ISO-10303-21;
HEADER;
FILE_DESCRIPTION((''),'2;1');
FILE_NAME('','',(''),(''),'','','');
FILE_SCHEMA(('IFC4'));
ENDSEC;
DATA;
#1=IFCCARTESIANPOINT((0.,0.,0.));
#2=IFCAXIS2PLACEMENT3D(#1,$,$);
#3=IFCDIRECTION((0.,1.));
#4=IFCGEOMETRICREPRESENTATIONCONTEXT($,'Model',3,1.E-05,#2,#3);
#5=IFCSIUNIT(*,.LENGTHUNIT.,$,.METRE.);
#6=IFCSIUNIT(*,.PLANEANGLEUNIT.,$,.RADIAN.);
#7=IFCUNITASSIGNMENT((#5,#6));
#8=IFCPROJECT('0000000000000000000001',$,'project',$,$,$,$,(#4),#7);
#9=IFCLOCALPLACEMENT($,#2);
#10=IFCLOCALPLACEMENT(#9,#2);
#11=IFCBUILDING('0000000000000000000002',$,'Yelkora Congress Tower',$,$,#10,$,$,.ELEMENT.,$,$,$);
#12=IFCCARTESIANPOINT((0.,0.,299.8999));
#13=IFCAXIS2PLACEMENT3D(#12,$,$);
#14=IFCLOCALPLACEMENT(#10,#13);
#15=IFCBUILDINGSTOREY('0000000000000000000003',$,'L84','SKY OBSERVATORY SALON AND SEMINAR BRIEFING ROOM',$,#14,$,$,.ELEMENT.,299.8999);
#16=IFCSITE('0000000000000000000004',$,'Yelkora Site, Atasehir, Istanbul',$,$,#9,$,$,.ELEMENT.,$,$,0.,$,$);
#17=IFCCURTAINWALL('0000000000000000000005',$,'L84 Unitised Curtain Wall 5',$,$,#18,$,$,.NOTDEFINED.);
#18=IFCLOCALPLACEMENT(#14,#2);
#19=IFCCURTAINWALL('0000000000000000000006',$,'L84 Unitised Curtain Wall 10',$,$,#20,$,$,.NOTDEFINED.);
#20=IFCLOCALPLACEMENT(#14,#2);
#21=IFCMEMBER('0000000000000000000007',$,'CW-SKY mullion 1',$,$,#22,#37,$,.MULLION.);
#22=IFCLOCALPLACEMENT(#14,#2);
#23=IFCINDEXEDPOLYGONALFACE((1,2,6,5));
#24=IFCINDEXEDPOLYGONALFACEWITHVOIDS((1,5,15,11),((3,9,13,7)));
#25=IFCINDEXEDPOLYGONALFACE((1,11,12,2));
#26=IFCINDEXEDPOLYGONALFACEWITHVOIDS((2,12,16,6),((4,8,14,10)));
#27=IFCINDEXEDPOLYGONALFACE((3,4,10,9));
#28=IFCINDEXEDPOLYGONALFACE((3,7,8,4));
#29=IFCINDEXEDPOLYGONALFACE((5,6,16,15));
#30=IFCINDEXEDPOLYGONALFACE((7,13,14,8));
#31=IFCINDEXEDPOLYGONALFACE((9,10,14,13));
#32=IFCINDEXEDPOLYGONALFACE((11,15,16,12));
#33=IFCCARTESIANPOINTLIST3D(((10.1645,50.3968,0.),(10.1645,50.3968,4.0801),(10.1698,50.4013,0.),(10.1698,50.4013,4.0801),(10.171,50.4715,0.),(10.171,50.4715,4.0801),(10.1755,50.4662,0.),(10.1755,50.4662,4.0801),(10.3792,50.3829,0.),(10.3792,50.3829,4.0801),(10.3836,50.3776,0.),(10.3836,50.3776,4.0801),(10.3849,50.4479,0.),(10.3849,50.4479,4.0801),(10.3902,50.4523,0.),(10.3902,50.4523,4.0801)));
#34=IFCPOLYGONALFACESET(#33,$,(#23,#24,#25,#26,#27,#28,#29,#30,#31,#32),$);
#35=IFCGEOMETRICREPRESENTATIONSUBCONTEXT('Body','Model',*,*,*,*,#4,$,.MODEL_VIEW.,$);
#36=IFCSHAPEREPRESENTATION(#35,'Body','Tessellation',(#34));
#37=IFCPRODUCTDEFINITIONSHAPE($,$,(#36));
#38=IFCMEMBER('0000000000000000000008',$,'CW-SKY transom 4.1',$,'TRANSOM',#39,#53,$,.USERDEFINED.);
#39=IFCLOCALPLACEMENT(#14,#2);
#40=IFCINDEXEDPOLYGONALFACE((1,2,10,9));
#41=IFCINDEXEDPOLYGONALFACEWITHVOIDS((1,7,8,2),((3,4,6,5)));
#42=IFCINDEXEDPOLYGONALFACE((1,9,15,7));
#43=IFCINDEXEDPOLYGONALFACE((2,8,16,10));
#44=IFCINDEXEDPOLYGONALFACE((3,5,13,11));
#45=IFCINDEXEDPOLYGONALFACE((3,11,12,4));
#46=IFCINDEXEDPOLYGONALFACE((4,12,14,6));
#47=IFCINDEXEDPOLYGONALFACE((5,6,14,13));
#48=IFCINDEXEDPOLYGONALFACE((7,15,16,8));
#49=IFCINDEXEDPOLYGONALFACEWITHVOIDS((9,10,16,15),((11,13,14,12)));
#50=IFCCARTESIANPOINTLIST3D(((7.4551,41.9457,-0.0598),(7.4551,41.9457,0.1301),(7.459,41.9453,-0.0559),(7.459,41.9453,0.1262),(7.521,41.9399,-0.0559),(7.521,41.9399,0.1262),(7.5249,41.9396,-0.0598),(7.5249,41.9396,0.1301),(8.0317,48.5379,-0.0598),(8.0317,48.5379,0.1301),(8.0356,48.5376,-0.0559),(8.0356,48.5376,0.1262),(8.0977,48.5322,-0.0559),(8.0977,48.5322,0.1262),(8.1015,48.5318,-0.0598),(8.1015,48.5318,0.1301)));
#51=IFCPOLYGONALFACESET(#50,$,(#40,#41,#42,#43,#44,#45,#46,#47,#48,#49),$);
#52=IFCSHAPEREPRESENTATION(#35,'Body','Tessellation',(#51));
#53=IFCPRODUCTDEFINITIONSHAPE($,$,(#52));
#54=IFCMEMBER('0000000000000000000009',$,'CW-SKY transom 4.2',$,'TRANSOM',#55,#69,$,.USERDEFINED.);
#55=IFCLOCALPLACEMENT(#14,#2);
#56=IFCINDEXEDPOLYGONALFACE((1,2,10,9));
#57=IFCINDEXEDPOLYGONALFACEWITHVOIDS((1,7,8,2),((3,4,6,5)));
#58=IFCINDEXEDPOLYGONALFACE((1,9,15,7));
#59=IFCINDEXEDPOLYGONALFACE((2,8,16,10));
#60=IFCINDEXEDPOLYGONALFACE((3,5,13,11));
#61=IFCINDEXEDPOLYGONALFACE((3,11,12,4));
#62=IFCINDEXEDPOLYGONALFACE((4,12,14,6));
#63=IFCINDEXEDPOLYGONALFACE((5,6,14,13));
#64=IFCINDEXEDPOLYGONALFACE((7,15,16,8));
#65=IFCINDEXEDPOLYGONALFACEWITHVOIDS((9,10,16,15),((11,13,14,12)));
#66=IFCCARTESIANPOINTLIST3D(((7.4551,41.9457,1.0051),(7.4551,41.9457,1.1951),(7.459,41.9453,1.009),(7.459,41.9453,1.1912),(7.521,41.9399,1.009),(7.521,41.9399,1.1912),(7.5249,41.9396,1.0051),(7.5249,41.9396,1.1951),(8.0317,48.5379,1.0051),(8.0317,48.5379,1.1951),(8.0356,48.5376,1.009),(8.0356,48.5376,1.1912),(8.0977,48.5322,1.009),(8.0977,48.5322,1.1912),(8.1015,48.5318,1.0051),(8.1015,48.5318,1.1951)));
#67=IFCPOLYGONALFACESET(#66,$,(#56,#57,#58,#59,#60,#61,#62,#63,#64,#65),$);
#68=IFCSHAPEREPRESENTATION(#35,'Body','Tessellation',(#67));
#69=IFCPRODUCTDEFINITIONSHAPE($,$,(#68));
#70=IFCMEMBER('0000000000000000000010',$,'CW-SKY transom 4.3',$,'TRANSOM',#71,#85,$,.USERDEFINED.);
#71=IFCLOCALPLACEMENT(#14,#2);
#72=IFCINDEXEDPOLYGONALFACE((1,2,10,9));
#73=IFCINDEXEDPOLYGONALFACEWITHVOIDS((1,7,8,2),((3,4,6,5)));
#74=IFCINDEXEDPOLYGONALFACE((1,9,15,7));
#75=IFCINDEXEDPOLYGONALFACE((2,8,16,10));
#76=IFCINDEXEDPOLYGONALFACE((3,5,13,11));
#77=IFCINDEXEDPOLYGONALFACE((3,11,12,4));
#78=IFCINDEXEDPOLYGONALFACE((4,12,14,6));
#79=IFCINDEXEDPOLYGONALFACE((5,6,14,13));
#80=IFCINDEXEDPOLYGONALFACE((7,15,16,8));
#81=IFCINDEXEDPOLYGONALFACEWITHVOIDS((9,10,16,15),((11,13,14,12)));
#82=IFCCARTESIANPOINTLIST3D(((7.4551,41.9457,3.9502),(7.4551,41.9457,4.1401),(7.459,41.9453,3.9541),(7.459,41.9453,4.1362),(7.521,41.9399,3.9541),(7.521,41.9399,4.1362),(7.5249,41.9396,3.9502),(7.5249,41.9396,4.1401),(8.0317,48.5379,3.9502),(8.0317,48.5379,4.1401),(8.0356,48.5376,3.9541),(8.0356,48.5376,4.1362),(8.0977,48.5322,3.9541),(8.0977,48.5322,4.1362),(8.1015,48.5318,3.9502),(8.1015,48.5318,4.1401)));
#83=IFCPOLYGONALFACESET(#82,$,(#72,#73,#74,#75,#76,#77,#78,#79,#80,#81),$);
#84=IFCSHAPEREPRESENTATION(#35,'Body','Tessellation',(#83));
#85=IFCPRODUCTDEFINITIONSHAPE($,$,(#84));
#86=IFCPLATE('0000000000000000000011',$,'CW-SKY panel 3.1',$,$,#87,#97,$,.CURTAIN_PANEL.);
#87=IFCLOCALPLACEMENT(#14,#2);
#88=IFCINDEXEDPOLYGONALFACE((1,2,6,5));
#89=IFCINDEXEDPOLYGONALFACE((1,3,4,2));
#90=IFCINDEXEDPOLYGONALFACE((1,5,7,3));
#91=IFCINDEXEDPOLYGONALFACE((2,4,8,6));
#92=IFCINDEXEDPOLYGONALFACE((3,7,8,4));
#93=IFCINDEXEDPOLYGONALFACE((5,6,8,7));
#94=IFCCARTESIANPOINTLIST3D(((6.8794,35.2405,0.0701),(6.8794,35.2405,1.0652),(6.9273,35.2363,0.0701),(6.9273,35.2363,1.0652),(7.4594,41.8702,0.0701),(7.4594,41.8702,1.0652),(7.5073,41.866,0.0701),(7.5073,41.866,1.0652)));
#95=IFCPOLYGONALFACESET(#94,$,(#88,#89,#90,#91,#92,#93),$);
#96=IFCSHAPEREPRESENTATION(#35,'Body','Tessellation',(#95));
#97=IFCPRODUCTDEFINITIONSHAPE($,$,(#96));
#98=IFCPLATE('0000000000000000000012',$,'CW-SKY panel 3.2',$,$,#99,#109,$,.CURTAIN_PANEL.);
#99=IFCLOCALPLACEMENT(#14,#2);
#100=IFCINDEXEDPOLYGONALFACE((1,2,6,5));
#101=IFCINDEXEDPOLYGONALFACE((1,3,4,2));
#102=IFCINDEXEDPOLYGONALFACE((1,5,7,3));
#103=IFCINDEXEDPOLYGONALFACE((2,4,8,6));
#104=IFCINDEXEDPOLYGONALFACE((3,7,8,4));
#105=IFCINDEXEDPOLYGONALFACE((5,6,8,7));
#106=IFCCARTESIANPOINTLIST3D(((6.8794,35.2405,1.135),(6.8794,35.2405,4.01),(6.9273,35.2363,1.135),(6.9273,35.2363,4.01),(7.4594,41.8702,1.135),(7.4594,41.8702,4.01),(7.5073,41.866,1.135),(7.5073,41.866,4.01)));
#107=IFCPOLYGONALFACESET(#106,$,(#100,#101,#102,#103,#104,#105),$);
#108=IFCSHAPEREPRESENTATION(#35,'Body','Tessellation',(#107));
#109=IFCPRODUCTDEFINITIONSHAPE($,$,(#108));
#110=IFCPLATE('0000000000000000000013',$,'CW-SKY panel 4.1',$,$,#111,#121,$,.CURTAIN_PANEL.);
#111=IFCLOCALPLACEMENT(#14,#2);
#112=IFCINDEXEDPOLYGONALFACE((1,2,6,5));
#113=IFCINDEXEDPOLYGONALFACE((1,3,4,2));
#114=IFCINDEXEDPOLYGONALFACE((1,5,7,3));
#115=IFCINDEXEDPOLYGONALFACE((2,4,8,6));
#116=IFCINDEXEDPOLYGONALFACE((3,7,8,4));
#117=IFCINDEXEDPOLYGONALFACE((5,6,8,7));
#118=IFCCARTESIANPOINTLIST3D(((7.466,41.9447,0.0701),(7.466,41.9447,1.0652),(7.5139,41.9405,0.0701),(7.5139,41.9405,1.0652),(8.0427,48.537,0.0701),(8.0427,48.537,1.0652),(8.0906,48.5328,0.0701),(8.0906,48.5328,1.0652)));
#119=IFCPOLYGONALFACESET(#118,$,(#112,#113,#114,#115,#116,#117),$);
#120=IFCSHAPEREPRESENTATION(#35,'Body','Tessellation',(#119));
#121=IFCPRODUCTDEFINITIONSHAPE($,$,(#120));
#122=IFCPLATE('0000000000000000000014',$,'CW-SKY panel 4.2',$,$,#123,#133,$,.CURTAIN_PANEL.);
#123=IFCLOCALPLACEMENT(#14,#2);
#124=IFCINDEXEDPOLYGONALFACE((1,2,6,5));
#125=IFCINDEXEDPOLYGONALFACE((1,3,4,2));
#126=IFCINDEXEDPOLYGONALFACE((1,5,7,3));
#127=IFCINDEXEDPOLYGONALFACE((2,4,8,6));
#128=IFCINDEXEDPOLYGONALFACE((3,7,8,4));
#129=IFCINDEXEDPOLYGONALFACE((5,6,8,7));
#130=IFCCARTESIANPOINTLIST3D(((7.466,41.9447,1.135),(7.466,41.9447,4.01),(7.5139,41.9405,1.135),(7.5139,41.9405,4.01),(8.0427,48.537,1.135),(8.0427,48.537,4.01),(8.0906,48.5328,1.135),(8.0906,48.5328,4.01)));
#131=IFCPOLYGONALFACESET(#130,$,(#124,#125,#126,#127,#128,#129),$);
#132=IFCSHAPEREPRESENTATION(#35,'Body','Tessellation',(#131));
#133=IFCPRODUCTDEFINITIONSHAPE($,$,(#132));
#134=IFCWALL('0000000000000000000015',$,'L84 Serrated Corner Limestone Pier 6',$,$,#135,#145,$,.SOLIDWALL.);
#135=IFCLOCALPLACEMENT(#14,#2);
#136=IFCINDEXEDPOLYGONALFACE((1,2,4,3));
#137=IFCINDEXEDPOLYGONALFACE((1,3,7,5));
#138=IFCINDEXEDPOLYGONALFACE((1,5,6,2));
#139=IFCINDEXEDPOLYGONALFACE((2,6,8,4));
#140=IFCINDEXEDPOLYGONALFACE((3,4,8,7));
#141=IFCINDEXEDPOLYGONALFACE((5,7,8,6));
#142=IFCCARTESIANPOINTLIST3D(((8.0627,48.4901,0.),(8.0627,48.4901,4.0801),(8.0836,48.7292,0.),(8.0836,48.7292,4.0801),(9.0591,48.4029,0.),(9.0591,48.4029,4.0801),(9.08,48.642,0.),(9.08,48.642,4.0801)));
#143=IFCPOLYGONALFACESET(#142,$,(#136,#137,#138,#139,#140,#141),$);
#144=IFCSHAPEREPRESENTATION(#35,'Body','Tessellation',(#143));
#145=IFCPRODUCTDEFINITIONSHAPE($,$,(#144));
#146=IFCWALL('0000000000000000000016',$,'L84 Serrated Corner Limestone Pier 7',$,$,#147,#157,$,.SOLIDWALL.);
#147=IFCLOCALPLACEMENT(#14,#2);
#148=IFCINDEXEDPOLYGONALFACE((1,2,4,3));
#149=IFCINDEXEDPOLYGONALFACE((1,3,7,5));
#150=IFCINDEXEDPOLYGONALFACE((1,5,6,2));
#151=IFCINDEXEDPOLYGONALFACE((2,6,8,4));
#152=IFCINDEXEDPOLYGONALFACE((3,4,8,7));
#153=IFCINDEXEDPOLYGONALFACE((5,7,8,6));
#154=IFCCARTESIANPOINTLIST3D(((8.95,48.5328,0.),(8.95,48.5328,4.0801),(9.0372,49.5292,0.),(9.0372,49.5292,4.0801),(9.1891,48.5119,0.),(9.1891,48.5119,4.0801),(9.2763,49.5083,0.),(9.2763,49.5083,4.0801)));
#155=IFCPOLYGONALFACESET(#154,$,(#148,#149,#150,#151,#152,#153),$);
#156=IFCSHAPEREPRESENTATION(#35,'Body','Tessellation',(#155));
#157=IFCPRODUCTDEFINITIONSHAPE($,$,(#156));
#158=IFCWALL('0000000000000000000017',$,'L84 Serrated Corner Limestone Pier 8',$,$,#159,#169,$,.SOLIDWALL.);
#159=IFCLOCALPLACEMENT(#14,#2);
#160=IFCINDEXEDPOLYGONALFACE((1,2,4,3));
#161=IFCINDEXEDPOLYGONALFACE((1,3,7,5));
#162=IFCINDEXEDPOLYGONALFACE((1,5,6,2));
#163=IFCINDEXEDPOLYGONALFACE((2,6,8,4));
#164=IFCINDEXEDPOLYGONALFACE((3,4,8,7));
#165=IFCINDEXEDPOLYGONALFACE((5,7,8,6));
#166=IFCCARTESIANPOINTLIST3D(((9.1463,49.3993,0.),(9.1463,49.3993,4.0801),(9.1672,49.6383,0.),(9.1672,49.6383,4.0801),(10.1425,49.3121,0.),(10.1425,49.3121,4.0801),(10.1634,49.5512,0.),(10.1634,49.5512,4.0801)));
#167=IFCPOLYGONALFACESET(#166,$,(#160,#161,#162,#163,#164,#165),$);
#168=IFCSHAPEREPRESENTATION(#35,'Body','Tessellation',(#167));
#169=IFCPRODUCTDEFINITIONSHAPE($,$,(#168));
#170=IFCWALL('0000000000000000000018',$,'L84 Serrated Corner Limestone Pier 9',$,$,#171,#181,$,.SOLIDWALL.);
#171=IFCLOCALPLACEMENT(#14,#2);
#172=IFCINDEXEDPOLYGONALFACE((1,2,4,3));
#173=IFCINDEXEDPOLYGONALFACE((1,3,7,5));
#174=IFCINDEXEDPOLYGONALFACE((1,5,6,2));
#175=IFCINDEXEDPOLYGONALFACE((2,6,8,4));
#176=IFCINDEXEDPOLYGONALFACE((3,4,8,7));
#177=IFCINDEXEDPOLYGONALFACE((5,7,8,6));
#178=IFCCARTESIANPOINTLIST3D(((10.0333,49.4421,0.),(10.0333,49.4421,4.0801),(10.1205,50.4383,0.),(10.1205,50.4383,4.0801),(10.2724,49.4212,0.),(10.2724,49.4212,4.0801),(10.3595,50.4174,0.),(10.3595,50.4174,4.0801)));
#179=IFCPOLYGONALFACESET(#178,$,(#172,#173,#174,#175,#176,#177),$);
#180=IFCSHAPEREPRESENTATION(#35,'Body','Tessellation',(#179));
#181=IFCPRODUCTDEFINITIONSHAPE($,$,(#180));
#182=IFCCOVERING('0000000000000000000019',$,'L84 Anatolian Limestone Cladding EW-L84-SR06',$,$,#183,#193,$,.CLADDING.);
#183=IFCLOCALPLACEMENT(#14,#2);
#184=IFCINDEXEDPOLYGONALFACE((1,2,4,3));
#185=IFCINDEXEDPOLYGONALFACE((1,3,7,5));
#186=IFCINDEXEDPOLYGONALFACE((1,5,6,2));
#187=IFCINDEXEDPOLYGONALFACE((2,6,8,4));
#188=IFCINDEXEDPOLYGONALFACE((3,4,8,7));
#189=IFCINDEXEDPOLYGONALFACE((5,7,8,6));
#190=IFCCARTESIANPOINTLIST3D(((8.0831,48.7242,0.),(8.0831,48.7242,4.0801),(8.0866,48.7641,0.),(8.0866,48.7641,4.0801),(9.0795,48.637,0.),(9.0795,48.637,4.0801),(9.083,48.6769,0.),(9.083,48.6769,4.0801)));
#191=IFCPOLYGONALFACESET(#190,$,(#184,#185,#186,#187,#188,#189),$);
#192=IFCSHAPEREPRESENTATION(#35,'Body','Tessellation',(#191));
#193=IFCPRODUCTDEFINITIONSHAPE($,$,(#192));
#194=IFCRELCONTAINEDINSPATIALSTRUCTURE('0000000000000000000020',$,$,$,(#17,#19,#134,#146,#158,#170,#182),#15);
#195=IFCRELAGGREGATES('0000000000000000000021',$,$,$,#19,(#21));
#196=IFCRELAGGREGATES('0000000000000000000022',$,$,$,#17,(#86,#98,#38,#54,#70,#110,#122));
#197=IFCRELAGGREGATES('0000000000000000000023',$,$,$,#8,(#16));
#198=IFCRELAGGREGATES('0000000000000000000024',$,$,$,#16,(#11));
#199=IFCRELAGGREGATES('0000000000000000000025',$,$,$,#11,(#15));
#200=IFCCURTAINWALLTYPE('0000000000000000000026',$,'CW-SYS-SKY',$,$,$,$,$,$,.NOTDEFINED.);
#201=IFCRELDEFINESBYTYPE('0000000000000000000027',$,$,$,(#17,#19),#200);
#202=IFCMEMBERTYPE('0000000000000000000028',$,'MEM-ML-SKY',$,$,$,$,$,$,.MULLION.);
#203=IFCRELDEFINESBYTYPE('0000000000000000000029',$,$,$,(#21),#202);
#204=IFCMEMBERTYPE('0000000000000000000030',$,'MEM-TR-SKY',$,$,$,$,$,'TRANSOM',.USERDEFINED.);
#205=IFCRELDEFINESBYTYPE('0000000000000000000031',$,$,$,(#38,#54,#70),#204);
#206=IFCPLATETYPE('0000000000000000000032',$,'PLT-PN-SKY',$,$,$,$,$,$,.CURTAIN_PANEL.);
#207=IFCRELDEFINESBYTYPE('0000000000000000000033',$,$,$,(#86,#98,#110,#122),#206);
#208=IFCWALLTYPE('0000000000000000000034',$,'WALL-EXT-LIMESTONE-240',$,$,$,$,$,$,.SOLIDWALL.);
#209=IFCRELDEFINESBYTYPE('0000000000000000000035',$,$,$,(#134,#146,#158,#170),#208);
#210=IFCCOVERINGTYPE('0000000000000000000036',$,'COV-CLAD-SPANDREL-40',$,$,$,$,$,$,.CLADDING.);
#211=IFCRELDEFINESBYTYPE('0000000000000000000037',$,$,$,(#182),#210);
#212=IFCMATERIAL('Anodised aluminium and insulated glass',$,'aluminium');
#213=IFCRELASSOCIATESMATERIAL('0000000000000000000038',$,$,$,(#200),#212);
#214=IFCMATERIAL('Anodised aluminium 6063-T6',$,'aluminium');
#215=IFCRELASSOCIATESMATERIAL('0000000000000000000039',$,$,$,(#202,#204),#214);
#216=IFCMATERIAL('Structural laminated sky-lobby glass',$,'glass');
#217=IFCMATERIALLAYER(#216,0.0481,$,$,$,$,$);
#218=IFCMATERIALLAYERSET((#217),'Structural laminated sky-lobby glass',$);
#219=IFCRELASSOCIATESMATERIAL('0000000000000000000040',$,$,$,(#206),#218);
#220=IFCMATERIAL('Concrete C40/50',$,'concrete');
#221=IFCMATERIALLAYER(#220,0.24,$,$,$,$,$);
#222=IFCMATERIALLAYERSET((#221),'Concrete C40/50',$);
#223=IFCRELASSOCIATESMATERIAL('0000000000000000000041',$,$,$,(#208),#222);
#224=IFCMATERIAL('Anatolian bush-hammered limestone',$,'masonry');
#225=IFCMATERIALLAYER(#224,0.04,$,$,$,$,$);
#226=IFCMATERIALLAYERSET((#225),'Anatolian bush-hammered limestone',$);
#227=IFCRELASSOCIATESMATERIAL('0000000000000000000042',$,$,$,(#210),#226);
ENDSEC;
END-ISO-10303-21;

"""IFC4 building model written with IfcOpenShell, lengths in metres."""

from ifc_helpers import new_model, si_unit, direction, frame, frame_2d, origin, origin_2d, place, context, subcontext, project, spatial, rectangle, hollow_rectangle, extrude, material, layer, layer_set, material_profile, profile_set, type_object, element, aggregate, save


model = new_model("IFC4")

# Units and contexts
model_context = context("Model", 3, precision=1e-05, world=origin(), true_north=direction((0.0, 1.0)))
body_context = subcontext(model_context, "Body", "Model", "MODEL_VIEW")
ifc_project = project(units=[si_unit("LENGTHUNIT", "METRE"), si_unit("PLANEANGLEUNIT", "RADIAN")], contexts=[model_context])

# Site, building, storey
site_placement = place(None, origin())
site = spatial("IfcSite", under=ifc_project, at=site_placement, Name="Yelkora Site, Atasehir, Istanbul", CompositionType="ELEMENT", RefElevation=0.0)
building_placement = place(site_placement, origin())
building = spatial("IfcBuilding", under=site, at=building_placement, Name="Yelkora Congress Tower", CompositionType="ELEMENT")
storey_placement = place(building_placement, frame((0.0, 0.0, 299.8999)))
storey = spatial("IfcBuildingStorey", under=building, at=storey_placement, Name="L84", Description="SKY OBSERVATORY SALON AND SEMINAR BRIEFING ROOM", CompositionType="ELEMENT", Elevation=299.8999)

# Curtain wall
ifc_material_1 = material(Name="Anodised aluminium and insulated glass", Category="aluminium")
curtain_wall_type = type_object("IfcCurtainWallType", Name="CW-SYS-SKY", PredefinedType="NOTDEFINED", material=ifc_material_1)
curtain_wall_1_placement = place(storey_placement, origin())
curtain_wall_1 = element("IfcCurtainWall", 1, at=curtain_wall_1_placement, inside=storey, type_object=curtain_wall_type, Name="L84 Unitised Curtain Wall 5", PredefinedType="NOTDEFINED")
ifc_material_2 = material(Name="Anodised aluminium 6063-T6", Category="aluminium")
ifc_material_profile_1 = material_profile(ifc_material_2, hollow_rectangle(XDim=0.075, YDim=0.22, WallThickness=0.0049, at=origin_2d()), Name="ALU 75x220x5")
ifc_profile_set_1 = profile_set([ifc_material_profile_1], Name="Anodised aluminium 6063-T6")
member_type_1 = type_object("IfcMemberType", Name="MEM-ML-SKY", PredefinedType="MULLION", material=ifc_profile_set_1)

# Curtain wall, member
curtain_wall_2_placement = place(storey_placement, origin())
curtain_wall_2 = element("IfcCurtainWall", 2, at=curtain_wall_2_placement, inside=storey, type_object=curtain_wall_type, Name="L84 Unitised Curtain Wall 10", PredefinedType="NOTDEFINED")
member_1_placement = place(storey_placement, frame((10.2773, 50.4246, 0.0), z_axis=(0.0, 0.0, 1.0), x_axis=(0.087157, 0.996195, 0.0)))
member_1 = element("IfcMember", 3, at=member_1_placement, type_object=member_type_1, Name="CW-SKY mullion 1", PredefinedType="MULLION", context=body_context, shape_type="SweptSolid", body=[
    extrude(hollow_rectangle(XDim=0.075, YDim=0.22, WallThickness=0.0049, at=origin_2d()), origin(), (0.0, 0.0, 1.0), 4.0801),
])
aggregate(curtain_wall_2, [member_1])

# Members
ifc_material_profile_2 = material_profile(ifc_material_2, hollow_rectangle(XDim=0.0701, YDim=0.1899, WallThickness=0.0039, at=origin_2d()), Name="ALU 70x190x4")
ifc_profile_set_2 = profile_set([ifc_material_profile_2], Name="Anodised aluminium 6063-T6")
member_type_2 = type_object("IfcMemberType", Name="MEM-TR-SKY", ElementType="TRANSOM", PredefinedType="USERDEFINED", material=ifc_profile_set_2)
member_2_placement = place(storey_placement, frame((7.49, 41.9426, 0.0352), z_axis=(0.087142, 0.996196, 0.0), x_axis=(-0.996196, 0.087142, 0.0)))
member_2 = element("IfcMember", 4, at=member_2_placement, type_object=member_type_2, Name="CW-SKY transom 4.1", ObjectType="TRANSOM", PredefinedType="USERDEFINED", context=body_context, shape_type="SweptSolid", body=[
    extrude(hollow_rectangle(XDim=0.0701, YDim=0.1899, WallThickness=0.0039, at=origin_2d()), origin(), (0.0, 0.0, 1.0), 6.6174),
])
member_3_placement = place(storey_placement, frame((7.49, 41.9426, 1.1001), z_axis=(0.087142, 0.996196, 0.0), x_axis=(-0.996196, 0.087142, 0.0)))
member_3 = element("IfcMember", 5, at=member_3_placement, type_object=member_type_2, Name="CW-SKY transom 4.2", ObjectType="TRANSOM", PredefinedType="USERDEFINED", context=body_context, shape_type="SweptSolid", body=[
    extrude(hollow_rectangle(XDim=0.0701, YDim=0.1899, WallThickness=0.0039, at=origin_2d()), origin(), (0.0, 0.0, 1.0), 6.6174),
])
member_4_placement = place(storey_placement, frame((7.49, 41.9426, 4.0452), z_axis=(0.087142, 0.996196, 0.0), x_axis=(-0.996196, 0.087142, 0.0)))
member_4 = element("IfcMember", 6, at=member_4_placement, type_object=member_type_2, Name="CW-SKY transom 4.3", ObjectType="TRANSOM", PredefinedType="USERDEFINED", context=body_context, shape_type="SweptSolid", body=[
    extrude(hollow_rectangle(XDim=0.0701, YDim=0.1899, WallThickness=0.0039, at=origin_2d()), origin(), (0.0, 0.0, 1.0), 6.6174),
])

# Plates
ifc_material_3 = material(Name="Structural laminated sky-lobby glass", Category="glass")
ifc_layer_1 = layer(ifc_material_3, 0.0481)
ifc_layer_set_1 = layer_set([ifc_layer_1], Name="Structural laminated sky-lobby glass")
plate_type = type_object("IfcPlateType", Name="PLT-PN-SKY", PredefinedType="CURTAIN_PANEL", material=ifc_layer_set_1)
plate_1_placement = place(storey_placement, frame((7.1934, 38.5532, 0.0701), z_axis=(0.0, 0.0, 1.0), x_axis=(0.087155, 0.996195, 0.0)))
plate_1 = element("IfcPlate", 7, at=plate_1_placement, type_object=plate_type, Name="CW-SKY panel 3.1", PredefinedType="CURTAIN_PANEL", context=body_context, shape_type="SweptSolid", body=[
    extrude(rectangle(XDim=6.655, YDim=0.0481, at=origin_2d()), origin(), (0.0, 0.0, 1.0), 0.9951),
])
plate_2_placement = place(storey_placement, frame((7.1934, 38.5532, 1.135), z_axis=(0.0, 0.0, 1.0), x_axis=(0.087155, 0.996195, 0.0)))
plate_2 = element("IfcPlate", 8, at=plate_2_placement, type_object=plate_type, Name="CW-SKY panel 3.2", PredefinedType="CURTAIN_PANEL", context=body_context, shape_type="SweptSolid", body=[
    extrude(rectangle(XDim=6.655, YDim=0.0481, at=origin_2d()), origin(), (0.0, 0.0, 1.0), 2.875),
])
plate_3_placement = place(storey_placement, frame((7.7783, 45.2388, 0.0701), z_axis=(0.0, 0.0, 1.0), x_axis=(0.087155, 0.996195, 0.0)))
plate_3 = element("IfcPlate", 9, at=plate_3_placement, type_object=plate_type, Name="CW-SKY panel 4.1", PredefinedType="CURTAIN_PANEL", context=body_context, shape_type="SweptSolid", body=[
    extrude(rectangle(XDim=6.6174, YDim=0.0481, at=origin_2d()), origin(), (0.0, 0.0, 1.0), 0.9951),
])
plate_4_placement = place(storey_placement, frame((7.7783, 45.2388, 1.135), z_axis=(0.0, 0.0, 1.0), x_axis=(0.087155, 0.996195, 0.0)))
plate_4 = element("IfcPlate", 10, at=plate_4_placement, type_object=plate_type, Name="CW-SKY panel 4.2", PredefinedType="CURTAIN_PANEL", context=body_context, shape_type="SweptSolid", body=[
    extrude(rectangle(XDim=6.6174, YDim=0.0481, at=origin_2d()), origin(), (0.0, 0.0, 1.0), 2.875),
])
aggregate(curtain_wall_1, [plate_1, plate_2, member_2, member_3, member_4, plate_3, plate_4])

# Walls
ifc_material_4 = material(Name="Concrete C40/50", Category="concrete")
ifc_layer_2 = layer(ifc_material_4, 0.24)
ifc_layer_set_2 = layer_set([ifc_layer_2], Name="Concrete C40/50")
wall_type = type_object("IfcWallType", Name="WALL-EXT-LIMESTONE-240", PredefinedType="SOLIDWALL", material=ifc_layer_set_2)
for number, where, z_axis, x_axis, name in (
    (11, (8.0732, 48.6096, 0.0), (0.0, 0.0, 1.0), (0.996196, -0.087146, 0.0), "L84 Serrated Corner Limestone Pier 6"),
    (12, (9.0696, 48.5225, 0.0), (0.0, 0.0, 1.0), (0.087146, 0.996196, 0.0), "L84 Serrated Corner Limestone Pier 7"),
):
    element("IfcWall", number, at=place(storey_placement, frame(where, z_axis=z_axis, x_axis=x_axis)), inside=storey, type_object=wall_type, Name=name, PredefinedType="SOLIDWALL", context=body_context, shape_type="SweptSolid", body=[
        extrude(rectangle(XDim=1.0002, YDim=0.24, at=frame_2d((0.5, 0.0))), origin(), (0.0, 0.0, 1.0), 4.0801),
    ])
for number, where, z_axis, x_axis, name in (
    (13, (9.1567, 49.5188, 0.0), (0.0, 0.0, 1.0), (0.996194, -0.087167, 0.0), "L84 Serrated Corner Limestone Pier 8"),
    (14, (10.1528, 49.4316, 0.0), (0.0, 0.0, 1.0), (0.087167, 0.996194, 0.0), "L84 Serrated Corner Limestone Pier 9"),
):
    element("IfcWall", number, at=place(storey_placement, frame(where, z_axis=z_axis, x_axis=x_axis)), inside=storey, type_object=wall_type, Name=name, PredefinedType="SOLIDWALL", context=body_context, shape_type="SweptSolid", body=[
        extrude(rectangle(XDim=1.0, YDim=0.24, at=frame_2d((0.5, 0.0))), origin(), (0.0, 0.0, 1.0), 4.0801),
    ])

# Covering
ifc_material_5 = material(Name="Anatolian bush-hammered limestone", Category="masonry")
ifc_layer_3 = layer(ifc_material_5, 0.04)
ifc_layer_set_3 = layer_set([ifc_layer_3], Name="Anatolian bush-hammered limestone")
covering_type = type_object("IfcCoveringType", Name="COV-CLAD-SPANDREL-40", PredefinedType="CLADDING", material=ifc_layer_set_3)
for number, where, z_axis, x_axis, name in (
    (15, (8.085, 48.7441, 0.0), (0.0, 0.0, 1.0), (0.996196, -0.087146, 0.0), "L84 Anatolian Limestone Cladding EW-L84-SR06"),
):
    element("IfcCovering", number, at=place(storey_placement, frame(where, z_axis=z_axis, x_axis=x_axis)), inside=storey, type_object=covering_type, Name=name, PredefinedType="CLADDING", context=body_context, shape_type="SweptSolid", body=[
        extrude(rectangle(XDim=1.0002, YDim=0.04, at=frame_2d((0.5, 0.0))), origin(), (0.0, 0.0, 1.0), 4.0801),
    ])

save(model, "model.ifc")
